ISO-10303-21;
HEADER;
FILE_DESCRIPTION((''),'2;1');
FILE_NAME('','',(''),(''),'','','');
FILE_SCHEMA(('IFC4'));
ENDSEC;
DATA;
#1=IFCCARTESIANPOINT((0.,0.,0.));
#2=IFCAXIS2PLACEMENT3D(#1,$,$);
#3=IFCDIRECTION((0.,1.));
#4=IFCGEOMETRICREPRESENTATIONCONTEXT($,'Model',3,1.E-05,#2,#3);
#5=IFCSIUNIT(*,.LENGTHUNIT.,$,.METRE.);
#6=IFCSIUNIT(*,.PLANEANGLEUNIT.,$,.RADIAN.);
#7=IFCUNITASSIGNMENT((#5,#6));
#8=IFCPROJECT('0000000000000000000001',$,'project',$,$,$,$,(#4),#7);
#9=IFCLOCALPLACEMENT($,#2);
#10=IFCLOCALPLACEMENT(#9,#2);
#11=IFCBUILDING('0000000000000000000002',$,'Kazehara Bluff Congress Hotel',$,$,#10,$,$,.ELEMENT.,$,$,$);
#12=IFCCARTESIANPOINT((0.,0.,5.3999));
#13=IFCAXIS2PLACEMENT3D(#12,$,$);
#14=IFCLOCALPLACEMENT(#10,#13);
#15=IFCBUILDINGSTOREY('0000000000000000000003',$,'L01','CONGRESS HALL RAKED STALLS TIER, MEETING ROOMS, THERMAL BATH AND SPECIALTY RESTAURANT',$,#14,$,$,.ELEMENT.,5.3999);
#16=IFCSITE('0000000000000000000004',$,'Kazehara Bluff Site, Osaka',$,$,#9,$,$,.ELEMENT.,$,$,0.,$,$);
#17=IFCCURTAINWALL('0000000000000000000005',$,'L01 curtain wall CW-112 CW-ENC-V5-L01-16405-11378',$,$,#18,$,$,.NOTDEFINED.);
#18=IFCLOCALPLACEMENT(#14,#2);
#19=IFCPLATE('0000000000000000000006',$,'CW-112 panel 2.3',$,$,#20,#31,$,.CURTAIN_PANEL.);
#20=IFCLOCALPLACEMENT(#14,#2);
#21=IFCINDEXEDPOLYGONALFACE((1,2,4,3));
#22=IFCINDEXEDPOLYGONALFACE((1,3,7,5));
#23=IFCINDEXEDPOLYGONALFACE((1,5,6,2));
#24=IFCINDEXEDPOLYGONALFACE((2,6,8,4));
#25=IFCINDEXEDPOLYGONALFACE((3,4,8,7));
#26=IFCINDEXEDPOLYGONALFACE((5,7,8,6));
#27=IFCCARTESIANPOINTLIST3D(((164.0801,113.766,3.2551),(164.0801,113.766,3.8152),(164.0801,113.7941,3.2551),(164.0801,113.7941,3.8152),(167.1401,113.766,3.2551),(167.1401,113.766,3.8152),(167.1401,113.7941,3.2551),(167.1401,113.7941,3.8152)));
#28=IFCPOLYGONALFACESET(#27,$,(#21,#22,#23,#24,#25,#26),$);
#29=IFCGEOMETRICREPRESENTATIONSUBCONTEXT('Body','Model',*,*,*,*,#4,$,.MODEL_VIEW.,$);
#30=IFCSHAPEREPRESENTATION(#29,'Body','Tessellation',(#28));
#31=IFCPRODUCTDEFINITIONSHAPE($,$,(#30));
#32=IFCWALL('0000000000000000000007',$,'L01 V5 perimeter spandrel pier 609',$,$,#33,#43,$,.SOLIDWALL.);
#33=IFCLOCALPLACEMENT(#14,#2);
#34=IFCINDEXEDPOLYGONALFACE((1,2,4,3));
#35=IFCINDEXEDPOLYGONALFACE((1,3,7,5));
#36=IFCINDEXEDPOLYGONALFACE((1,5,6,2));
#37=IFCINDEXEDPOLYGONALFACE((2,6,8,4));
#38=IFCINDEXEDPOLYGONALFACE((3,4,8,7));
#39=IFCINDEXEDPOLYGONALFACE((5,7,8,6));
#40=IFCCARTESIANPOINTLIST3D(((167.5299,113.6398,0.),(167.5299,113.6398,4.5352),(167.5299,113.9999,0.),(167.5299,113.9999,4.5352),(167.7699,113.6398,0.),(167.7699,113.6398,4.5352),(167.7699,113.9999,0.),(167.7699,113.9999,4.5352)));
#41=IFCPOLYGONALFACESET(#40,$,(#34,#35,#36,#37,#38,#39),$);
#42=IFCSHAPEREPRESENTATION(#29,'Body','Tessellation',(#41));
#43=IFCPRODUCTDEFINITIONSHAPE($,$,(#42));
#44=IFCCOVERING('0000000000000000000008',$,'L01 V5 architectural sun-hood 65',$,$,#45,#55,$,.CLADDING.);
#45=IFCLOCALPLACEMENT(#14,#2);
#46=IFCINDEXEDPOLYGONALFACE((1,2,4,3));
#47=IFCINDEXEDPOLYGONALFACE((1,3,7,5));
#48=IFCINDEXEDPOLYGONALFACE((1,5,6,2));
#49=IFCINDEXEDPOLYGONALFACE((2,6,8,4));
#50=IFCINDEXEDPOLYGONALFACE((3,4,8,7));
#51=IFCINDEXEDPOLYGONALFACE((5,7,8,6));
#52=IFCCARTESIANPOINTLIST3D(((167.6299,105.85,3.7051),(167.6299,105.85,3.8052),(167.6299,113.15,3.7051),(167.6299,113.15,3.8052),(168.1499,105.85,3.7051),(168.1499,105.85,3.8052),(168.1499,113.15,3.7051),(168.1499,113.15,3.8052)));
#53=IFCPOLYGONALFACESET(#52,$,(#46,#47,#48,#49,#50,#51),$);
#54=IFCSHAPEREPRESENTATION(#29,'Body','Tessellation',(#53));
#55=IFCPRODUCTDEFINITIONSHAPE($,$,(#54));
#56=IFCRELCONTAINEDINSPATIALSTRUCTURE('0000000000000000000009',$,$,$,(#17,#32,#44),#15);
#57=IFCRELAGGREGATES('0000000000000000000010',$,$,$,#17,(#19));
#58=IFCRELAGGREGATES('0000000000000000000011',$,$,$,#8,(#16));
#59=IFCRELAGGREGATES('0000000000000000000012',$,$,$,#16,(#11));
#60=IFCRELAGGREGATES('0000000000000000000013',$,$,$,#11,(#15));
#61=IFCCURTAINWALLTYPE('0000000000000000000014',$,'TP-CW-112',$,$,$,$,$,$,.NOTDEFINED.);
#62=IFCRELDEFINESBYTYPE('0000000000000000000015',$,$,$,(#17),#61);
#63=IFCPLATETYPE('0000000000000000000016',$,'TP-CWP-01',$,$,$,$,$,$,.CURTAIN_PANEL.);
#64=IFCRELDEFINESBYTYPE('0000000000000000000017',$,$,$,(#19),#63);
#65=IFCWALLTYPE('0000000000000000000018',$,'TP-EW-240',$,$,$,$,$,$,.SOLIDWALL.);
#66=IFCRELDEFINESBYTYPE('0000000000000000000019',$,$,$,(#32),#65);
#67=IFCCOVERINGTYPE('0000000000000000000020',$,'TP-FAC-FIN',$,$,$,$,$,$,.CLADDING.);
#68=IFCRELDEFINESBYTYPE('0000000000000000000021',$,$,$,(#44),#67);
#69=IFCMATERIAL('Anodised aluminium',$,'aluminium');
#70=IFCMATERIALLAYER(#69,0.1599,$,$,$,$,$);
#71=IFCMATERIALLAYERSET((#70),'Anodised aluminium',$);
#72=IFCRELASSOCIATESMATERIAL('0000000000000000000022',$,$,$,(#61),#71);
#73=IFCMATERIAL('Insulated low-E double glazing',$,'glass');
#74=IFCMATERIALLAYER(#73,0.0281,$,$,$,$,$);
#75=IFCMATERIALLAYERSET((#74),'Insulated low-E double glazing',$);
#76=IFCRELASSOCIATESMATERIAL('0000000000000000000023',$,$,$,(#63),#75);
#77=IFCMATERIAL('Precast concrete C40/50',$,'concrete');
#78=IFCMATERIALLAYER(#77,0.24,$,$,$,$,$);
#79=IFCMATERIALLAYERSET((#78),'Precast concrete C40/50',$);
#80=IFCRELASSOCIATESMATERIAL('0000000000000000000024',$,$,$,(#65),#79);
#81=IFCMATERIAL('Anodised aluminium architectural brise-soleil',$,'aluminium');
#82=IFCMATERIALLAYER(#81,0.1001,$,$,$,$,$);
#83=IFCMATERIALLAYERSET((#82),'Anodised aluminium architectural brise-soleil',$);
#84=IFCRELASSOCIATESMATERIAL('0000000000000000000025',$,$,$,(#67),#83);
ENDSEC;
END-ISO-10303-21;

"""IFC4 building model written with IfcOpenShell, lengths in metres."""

from ifc_helpers import new_model, si_unit, direction, frame, frame_2d, origin, origin_2d, place, context, subcontext, project, spatial, rectangle, extrude, material, layer, layer_set, type_object, element, aggregate, save


model = new_model("IFC4")

# Units and contexts
model_context = context("Model", 3, precision=1e-05, world=origin(), true_north=direction((0.0, 1.0)))
body_context = subcontext(model_context, "Body", "Model", "MODEL_VIEW")
ifc_project = project(units=[si_unit("LENGTHUNIT", "METRE"), si_unit("PLANEANGLEUNIT", "RADIAN")], contexts=[model_context])

# Site, building, storey
site_placement = place(None, origin())
site = spatial("IfcSite", under=ifc_project, at=site_placement, Name="Kazehara Bluff Site, Osaka", CompositionType="ELEMENT", RefElevation=0.0)
building_placement = place(site_placement, origin())
building = spatial("IfcBuilding", under=site, at=building_placement, Name="Kazehara Bluff Congress Hotel", CompositionType="ELEMENT")
storey_placement = place(building_placement, frame((0.0, 0.0, 5.3999)))
storey = spatial("IfcBuildingStorey", under=building, at=storey_placement, Name="L01", Description="CONGRESS HALL RAKED STALLS TIER, MEETING ROOMS, THERMAL BATH AND SPECIALTY RESTAURANT", CompositionType="ELEMENT", Elevation=5.3999)

# Curtain wall
ifc_material_1 = material(Name="Anodised aluminium", Category="aluminium")
ifc_layer_1 = layer(ifc_material_1, 0.1599)
ifc_layer_set_1 = layer_set([ifc_layer_1], Name="Anodised aluminium")
curtain_wall_type_1 = type_object("IfcCurtainWallType", Name="TP-CW-112", PredefinedType="NOTDEFINED", material=ifc_layer_set_1)
curtain_wall_1_placement = place(storey_placement, origin())
curtain_wall_1 = element("IfcCurtainWall", 1, at=curtain_wall_1_placement, inside=storey, type_object=curtain_wall_type_1, Name="L01 curtain wall CW-112 CW-ENC-V5-L01-16405-11378", PredefinedType="NOTDEFINED")

# Plate
ifc_material_2 = material(Name="Insulated low-E double glazing", Category="glass")
ifc_layer_2 = layer(ifc_material_2, 0.0281)
ifc_layer_set_2 = layer_set([ifc_layer_2], Name="Insulated low-E double glazing")
plate_type = type_object("IfcPlateType", Name="TP-CWP-01", PredefinedType="CURTAIN_PANEL", material=ifc_layer_set_2)
plate_1_placement = place(storey_placement, frame((165.6101, 113.78, 3.2551), z_axis=(0.0, 0.0, 1.0), x_axis=(1.0, 0.0, 0.0)))
plate_1 = element("IfcPlate", 2, at=plate_1_placement, type_object=plate_type, Name="CW-112 panel 2.3", PredefinedType="CURTAIN_PANEL", context=body_context, shape_type="SweptSolid", body=[
    extrude(rectangle(XDim=3.0601, YDim=0.0281, at=origin_2d()), origin(), (0.0, 0.0, 1.0), 0.5601),
])
aggregate(curtain_wall_1, [plate_1])

# Wall
ifc_material_3 = material(Name="Precast concrete C40/50", Category="concrete")
ifc_layer_3 = layer(ifc_material_3, 0.24)
ifc_layer_set_3 = layer_set([ifc_layer_3], Name="Precast concrete C40/50")
wall_type = type_object("IfcWallType", Name="TP-EW-240", PredefinedType="SOLIDWALL", material=ifc_layer_set_3)
wall_placement = place(storey_placement, frame((167.6499, 114.0, 0.0), z_axis=(0.0, 0.0, 1.0), x_axis=(0.0, -1.0, 0.0)))
element("IfcWall", 3, at=wall_placement, inside=storey, type_object=wall_type, Name="L01 V5 perimeter spandrel pier 609", PredefinedType="SOLIDWALL", context=body_context, shape_type="SweptSolid", body=[
    extrude(rectangle(XDim=0.3601, YDim=0.24, at=frame_2d((0.1802, 0.0))), origin(), (0.0, 0.0, 1.0), 4.5352),
])

# Covering
ifc_material_4 = material(Name="Anodised aluminium architectural brise-soleil", Category="aluminium")
ifc_layer_4 = layer(ifc_material_4, 0.1001)
ifc_layer_set_4 = layer_set([ifc_layer_4], Name="Anodised aluminium architectural brise-soleil")
covering_type = type_object("IfcCoveringType", Name="TP-FAC-FIN", PredefinedType="CLADDING", material=ifc_layer_set_4)
covering_placement = place(storey_placement, frame((167.8899, 109.5, 3.7051), z_axis=(0.0, 0.0, 1.0), x_axis=(1.0, 0.0, 0.0)))
element("IfcCovering", 4, at=covering_placement, inside=storey, type_object=covering_type, Name="L01 V5 architectural sun-hood 65", PredefinedType="CLADDING", context=body_context, shape_type="SweptSolid", body=[
    extrude(rectangle(XDim=0.52, YDim=7.3, at=origin_2d()), origin(), (0.0, 0.0, 1.0), 0.1001),
])

save(model, "model.ifc")
